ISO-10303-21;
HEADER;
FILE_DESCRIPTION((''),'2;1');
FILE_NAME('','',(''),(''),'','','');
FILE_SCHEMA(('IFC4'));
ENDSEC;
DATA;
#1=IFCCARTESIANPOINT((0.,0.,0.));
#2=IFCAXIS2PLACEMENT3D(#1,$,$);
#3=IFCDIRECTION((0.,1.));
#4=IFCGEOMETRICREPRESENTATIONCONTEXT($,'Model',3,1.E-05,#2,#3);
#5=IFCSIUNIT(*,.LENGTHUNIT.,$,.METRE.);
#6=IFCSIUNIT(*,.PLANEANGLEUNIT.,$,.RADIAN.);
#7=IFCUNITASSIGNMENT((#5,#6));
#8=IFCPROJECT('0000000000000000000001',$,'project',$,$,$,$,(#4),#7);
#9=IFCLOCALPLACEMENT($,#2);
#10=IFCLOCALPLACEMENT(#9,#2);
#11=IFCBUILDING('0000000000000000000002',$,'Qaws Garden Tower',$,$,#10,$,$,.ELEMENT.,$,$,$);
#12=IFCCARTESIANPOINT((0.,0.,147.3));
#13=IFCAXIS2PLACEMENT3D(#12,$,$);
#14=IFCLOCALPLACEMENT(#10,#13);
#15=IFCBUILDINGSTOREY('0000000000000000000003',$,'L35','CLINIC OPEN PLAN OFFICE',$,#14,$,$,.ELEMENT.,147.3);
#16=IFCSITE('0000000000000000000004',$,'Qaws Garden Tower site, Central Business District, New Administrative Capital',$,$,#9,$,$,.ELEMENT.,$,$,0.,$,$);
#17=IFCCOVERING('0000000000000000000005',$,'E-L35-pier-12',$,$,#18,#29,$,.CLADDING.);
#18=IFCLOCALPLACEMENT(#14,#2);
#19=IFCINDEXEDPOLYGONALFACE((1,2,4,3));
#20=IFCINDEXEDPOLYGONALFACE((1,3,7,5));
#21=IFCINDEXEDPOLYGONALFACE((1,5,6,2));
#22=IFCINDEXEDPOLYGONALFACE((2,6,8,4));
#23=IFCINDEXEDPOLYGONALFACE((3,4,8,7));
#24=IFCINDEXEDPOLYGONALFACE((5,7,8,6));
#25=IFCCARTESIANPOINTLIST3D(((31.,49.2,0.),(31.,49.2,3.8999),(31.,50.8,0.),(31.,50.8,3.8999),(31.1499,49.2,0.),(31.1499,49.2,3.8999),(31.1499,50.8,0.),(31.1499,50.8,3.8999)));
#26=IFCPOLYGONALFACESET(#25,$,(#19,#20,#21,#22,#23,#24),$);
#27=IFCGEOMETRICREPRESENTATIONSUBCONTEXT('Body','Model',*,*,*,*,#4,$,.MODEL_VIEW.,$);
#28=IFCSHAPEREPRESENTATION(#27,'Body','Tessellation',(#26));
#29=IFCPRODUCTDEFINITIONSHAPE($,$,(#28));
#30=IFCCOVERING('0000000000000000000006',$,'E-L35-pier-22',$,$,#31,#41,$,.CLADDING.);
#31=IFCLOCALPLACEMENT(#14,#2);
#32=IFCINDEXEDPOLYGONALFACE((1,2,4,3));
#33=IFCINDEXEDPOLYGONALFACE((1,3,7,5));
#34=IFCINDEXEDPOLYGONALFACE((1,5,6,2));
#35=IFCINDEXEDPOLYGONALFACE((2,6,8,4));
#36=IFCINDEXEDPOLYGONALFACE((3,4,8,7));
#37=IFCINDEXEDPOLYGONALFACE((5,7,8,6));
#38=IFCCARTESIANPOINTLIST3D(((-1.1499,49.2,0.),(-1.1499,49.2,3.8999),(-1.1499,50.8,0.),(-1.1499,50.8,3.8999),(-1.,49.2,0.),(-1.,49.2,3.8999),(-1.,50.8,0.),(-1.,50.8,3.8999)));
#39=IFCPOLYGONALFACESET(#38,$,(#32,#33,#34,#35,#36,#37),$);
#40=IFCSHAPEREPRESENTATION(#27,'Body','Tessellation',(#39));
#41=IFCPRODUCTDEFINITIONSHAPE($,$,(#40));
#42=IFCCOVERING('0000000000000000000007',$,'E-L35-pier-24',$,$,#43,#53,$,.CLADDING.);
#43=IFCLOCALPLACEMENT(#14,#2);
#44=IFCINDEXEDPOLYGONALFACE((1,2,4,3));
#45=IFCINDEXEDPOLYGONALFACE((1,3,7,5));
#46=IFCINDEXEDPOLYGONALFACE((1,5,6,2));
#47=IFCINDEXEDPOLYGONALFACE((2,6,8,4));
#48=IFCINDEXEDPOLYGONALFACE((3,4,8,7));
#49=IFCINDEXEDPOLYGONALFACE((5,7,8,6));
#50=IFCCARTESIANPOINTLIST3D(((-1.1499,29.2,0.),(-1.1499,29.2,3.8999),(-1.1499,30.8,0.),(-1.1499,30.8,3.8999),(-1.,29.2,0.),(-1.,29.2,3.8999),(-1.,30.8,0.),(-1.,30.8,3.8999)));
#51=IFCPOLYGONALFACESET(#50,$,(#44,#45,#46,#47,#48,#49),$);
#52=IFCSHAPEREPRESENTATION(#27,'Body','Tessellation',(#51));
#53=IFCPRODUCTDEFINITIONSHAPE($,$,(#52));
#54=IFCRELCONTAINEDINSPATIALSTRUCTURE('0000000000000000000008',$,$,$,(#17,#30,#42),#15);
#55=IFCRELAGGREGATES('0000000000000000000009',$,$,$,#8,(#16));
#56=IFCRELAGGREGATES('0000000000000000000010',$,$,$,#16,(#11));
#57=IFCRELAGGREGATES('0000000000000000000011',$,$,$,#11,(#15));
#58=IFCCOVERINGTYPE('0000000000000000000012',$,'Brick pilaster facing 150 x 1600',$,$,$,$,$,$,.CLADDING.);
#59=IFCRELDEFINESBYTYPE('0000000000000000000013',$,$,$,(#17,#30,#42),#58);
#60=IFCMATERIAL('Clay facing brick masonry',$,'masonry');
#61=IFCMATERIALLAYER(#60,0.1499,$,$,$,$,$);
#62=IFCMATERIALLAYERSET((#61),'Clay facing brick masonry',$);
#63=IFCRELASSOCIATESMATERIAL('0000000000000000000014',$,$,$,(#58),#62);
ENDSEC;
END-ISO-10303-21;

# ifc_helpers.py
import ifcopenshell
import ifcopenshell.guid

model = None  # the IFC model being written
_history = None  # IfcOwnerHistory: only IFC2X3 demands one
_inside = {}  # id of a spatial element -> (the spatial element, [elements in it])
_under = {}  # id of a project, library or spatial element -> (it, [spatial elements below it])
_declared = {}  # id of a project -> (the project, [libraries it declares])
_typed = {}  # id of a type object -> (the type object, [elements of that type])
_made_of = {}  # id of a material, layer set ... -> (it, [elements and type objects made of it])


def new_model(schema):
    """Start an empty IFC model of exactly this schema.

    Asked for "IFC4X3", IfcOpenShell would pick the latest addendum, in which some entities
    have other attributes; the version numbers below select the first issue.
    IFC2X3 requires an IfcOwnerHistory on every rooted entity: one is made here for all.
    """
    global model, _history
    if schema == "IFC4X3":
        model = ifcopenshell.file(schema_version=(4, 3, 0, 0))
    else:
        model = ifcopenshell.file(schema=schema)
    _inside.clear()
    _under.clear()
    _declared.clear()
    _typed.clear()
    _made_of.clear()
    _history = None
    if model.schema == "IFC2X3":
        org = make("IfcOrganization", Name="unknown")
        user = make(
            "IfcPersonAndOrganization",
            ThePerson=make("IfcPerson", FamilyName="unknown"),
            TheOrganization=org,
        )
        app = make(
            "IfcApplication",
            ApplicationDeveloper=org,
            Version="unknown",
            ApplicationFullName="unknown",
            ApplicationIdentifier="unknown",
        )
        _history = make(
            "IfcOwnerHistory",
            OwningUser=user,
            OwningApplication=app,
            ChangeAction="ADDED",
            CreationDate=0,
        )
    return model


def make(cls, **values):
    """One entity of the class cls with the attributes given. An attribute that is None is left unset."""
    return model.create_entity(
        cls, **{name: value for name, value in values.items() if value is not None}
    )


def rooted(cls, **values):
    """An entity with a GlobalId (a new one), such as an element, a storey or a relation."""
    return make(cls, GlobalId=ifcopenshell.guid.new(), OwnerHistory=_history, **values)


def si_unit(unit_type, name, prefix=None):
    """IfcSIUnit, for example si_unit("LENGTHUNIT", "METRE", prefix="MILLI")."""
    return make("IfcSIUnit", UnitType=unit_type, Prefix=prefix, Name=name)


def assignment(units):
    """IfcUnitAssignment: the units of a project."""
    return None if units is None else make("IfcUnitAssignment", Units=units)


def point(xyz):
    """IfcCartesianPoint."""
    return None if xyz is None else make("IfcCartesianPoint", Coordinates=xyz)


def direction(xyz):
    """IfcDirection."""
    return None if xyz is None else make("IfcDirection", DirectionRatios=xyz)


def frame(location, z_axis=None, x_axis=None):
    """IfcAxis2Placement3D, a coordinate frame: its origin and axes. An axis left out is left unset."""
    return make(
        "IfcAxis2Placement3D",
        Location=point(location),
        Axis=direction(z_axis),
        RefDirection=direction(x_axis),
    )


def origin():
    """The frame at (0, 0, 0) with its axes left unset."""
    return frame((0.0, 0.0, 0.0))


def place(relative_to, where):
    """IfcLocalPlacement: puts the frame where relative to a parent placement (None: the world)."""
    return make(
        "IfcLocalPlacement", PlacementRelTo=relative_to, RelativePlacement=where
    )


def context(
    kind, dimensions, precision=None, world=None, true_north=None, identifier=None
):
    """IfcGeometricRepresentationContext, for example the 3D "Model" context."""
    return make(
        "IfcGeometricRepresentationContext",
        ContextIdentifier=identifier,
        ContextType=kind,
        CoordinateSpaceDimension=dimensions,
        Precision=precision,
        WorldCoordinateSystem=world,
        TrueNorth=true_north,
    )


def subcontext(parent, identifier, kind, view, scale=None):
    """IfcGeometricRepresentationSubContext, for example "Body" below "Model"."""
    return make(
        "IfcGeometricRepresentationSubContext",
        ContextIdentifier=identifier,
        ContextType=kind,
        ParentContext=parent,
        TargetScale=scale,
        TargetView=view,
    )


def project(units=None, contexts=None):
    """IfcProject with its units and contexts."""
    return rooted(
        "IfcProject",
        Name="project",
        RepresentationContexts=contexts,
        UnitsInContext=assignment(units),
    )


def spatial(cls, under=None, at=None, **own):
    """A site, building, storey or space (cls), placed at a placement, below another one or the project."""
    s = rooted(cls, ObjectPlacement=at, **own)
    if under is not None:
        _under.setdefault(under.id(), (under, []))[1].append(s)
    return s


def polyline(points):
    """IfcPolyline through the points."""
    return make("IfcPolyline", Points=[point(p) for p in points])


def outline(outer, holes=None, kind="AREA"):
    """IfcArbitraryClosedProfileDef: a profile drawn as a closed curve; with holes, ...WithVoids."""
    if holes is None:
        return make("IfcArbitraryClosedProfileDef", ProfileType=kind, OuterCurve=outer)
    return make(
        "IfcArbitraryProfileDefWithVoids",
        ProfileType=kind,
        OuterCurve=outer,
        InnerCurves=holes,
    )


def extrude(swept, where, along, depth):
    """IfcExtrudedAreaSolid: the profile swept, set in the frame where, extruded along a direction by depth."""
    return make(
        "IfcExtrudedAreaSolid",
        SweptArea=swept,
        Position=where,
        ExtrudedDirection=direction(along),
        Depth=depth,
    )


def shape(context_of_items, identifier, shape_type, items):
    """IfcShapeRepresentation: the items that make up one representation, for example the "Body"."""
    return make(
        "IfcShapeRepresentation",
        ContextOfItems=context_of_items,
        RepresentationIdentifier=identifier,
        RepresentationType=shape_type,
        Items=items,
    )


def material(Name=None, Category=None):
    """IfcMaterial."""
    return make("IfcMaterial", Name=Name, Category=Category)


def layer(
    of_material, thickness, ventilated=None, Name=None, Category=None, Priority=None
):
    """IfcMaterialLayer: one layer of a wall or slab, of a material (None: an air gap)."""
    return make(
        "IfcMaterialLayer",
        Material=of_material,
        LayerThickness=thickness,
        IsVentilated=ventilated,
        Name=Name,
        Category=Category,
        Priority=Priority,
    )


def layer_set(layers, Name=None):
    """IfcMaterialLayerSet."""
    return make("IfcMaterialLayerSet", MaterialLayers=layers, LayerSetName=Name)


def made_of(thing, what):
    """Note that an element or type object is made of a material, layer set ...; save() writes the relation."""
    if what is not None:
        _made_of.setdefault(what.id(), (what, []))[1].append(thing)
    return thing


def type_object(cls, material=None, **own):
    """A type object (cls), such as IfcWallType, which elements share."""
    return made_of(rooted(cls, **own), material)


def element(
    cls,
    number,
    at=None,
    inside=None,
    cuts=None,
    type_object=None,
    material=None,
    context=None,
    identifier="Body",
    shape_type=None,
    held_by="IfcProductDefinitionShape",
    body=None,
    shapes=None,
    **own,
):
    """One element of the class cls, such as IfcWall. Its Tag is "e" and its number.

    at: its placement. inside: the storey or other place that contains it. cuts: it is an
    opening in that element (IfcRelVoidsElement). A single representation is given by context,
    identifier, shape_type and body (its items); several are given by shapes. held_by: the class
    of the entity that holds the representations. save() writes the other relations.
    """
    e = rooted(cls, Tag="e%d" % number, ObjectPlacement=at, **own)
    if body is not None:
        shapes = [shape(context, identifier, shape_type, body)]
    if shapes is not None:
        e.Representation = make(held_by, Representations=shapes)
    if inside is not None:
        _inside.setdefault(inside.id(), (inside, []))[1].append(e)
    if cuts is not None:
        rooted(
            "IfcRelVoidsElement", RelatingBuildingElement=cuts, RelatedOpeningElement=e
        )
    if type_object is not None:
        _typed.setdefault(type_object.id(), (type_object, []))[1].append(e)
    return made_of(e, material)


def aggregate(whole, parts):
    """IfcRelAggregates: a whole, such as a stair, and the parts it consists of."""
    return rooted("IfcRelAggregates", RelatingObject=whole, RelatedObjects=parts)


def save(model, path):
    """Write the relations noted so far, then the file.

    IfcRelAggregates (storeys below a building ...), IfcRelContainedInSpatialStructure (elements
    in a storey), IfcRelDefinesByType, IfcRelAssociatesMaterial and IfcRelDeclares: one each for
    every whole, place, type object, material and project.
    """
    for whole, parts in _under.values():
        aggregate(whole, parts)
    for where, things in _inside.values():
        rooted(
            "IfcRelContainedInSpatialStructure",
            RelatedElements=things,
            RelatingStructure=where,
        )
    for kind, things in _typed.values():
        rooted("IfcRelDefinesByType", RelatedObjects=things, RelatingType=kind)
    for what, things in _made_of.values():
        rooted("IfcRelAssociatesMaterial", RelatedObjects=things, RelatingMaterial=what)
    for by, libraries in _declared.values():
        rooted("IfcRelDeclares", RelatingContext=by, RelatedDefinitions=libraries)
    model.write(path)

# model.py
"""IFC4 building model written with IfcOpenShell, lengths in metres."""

from ifc_helpers import new_model, si_unit, direction, frame, origin, place, context, subcontext, project, spatial, polyline, outline, extrude, material, layer, layer_set, type_object, element, save


model = new_model("IFC4")

# Units and contexts
model_context = context("Model", 3, precision=1e-05, world=origin(), true_north=direction((0.0, 1.0)))
body_context = subcontext(model_context, "Body", "Model", "MODEL_VIEW")
ifc_project = project(units=[si_unit("LENGTHUNIT", "METRE"), si_unit("PLANEANGLEUNIT", "RADIAN")], contexts=[model_context])

# Site, building, storey
site_placement = place(None, origin())
site = spatial("IfcSite", under=ifc_project, at=site_placement, Name="Qaws Garden Tower site, Central Business District, New Administrative Capital", CompositionType="ELEMENT", RefElevation=0.0)
building_placement = place(site_placement, origin())
building = spatial("IfcBuilding", under=site, at=building_placement, Name="Qaws Garden Tower", CompositionType="ELEMENT")
storey_placement = place(building_placement, frame((0.0, 0.0, 147.3)))
storey = spatial("IfcBuildingStorey", under=building, at=storey_placement, Name="L35", Description="CLINIC OPEN PLAN OFFICE", CompositionType="ELEMENT", Elevation=147.3)

# Shared definitions
placement = place(storey_placement, origin())

# Coverings
ifc_material_1 = material(Name="Clay facing brick masonry", Category="masonry")
ifc_layer_1 = layer(ifc_material_1, 0.1499)
ifc_layer_set_1 = layer_set([ifc_layer_1], Name="Clay facing brick masonry")
covering_type = type_object("IfcCoveringType", Name="Brick pilaster facing 150 x 1600", PredefinedType="CLADDING", material=ifc_layer_set_1)
element("IfcCovering", 1, at=placement, inside=storey, type_object=covering_type, Name="E-L35-pier-12", PredefinedType="CLADDING", context=body_context, shape_type="SweptSolid", body=[
    extrude(outline(polyline([(31.0, 49.2), (31.0, 50.8), (31.1499, 50.8), (31.1499, 49.2), (31.0, 49.2)])), origin(), (0.0, 0.0, 1.0), 3.8999),
])
element("IfcCovering", 2, at=placement, inside=storey, type_object=covering_type, Name="E-L35-pier-22", PredefinedType="CLADDING", context=body_context, shape_type="SweptSolid", body=[
    extrude(outline(polyline([(-1.0, 50.8), (-1.0, 49.2), (-1.1499, 49.2), (-1.1499, 50.8), (-1.0, 50.8)])), origin(), (0.0, 0.0, 1.0), 3.8999),
])
element("IfcCovering", 3, at=placement, inside=storey, type_object=covering_type, Name="E-L35-pier-24", PredefinedType="CLADDING", context=body_context, shape_type="SweptSolid", body=[
    extrude(outline(polyline([(-1.0, 30.8), (-1.0, 29.2), (-1.1499, 29.2), (-1.1499, 30.8), (-1.0, 30.8)])), origin(), (0.0, 0.0, 1.0), 3.8999),
])

save(model, "model.ifc")
